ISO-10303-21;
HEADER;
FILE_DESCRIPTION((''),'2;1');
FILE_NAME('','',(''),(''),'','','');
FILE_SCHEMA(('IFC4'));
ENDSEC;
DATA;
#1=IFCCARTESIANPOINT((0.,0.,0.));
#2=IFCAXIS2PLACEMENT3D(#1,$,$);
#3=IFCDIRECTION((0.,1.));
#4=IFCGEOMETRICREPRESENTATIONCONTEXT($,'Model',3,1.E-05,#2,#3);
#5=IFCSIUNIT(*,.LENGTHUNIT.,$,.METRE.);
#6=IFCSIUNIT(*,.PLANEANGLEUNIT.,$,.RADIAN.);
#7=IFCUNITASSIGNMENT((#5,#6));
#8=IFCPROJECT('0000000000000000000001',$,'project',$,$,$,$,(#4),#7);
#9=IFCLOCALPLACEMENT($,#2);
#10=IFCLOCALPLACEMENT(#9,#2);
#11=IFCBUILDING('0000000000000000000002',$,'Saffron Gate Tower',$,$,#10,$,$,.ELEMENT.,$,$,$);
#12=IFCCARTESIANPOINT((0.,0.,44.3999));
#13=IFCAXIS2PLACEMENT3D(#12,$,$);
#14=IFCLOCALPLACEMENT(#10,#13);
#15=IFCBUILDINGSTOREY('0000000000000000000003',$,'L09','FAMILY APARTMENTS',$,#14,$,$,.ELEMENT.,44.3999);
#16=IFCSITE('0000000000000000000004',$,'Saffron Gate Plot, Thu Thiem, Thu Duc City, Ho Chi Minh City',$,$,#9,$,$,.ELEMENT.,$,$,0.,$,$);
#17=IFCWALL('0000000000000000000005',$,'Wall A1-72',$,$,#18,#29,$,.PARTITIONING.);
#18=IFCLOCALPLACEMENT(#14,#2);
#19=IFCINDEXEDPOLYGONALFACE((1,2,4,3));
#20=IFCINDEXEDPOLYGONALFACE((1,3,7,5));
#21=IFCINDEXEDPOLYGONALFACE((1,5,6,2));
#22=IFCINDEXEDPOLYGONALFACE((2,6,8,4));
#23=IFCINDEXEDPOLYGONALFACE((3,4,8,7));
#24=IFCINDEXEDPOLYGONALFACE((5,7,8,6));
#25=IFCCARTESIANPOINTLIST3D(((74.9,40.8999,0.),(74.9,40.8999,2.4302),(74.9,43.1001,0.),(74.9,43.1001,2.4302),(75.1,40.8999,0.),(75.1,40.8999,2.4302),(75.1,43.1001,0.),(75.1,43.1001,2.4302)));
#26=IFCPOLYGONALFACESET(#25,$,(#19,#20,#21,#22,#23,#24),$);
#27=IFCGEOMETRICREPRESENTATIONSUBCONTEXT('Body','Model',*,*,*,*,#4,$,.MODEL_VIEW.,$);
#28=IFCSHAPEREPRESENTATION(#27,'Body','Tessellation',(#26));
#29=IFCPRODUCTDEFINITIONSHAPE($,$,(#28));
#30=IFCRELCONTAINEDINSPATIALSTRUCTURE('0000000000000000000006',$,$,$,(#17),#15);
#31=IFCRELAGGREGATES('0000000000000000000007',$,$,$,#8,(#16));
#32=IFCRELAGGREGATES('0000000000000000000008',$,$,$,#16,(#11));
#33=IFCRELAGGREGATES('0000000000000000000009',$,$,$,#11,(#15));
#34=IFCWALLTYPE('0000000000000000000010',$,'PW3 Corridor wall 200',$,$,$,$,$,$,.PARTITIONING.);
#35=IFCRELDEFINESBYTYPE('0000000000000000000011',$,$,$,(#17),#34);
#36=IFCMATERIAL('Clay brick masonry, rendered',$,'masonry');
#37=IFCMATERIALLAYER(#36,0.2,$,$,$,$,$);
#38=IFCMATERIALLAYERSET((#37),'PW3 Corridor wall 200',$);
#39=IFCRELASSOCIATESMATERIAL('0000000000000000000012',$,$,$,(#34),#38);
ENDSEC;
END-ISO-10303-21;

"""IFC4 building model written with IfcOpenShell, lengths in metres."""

from ifc_helpers import new_model, si_unit, direction, frame, frame_2d, origin, place, context, subcontext, project, spatial, rectangle, extrude, material, layer, layer_set, type_object, element, save


model = new_model("IFC4")

# Units and contexts
model_context = context("Model", 3, precision=1e-05, world=origin(), true_north=direction((0.0, 1.0)))
body_context = subcontext(model_context, "Body", "Model", "MODEL_VIEW")
ifc_project = project(units=[si_unit("LENGTHUNIT", "METRE"), si_unit("PLANEANGLEUNIT", "RADIAN")], contexts=[model_context])

# Site, building, storey
site_placement = place(None, origin())
site = spatial("IfcSite", under=ifc_project, at=site_placement, Name="Saffron Gate Plot, Thu Thiem, Thu Duc City, Ho Chi Minh City", CompositionType="ELEMENT", RefElevation=0.0)
building_placement = place(site_placement, origin())
building = spatial("IfcBuilding", under=site, at=building_placement, Name="Saffron Gate Tower", CompositionType="ELEMENT")
storey_placement = place(building_placement, frame((0.0, 0.0, 44.3999)))
storey = spatial("IfcBuildingStorey", under=building, at=storey_placement, Name="L09", Description="FAMILY APARTMENTS", CompositionType="ELEMENT", Elevation=44.3999)

# Shared definitions
ifc_material_1 = material(Name="Clay brick masonry, rendered", Category="masonry")
ifc_layer_1 = layer(ifc_material_1, 0.2)
ifc_layer_set_1 = layer_set([ifc_layer_1], Name="PW3 Corridor wall 200")
wall_type_1 = type_object("IfcWallType", Name="PW3 Corridor wall 200", PredefinedType="PARTITIONING", material=ifc_layer_set_1)

# Wall
wall_1_placement = place(storey_placement, frame((75.0, 43.1001, 0.0), z_axis=(0.0, 0.0, 1.0), x_axis=(0.0, -1.0, 0.0)))
element("IfcWall", 1, at=wall_1_placement, inside=storey, type_object=wall_type_1, Name="Wall A1-72", PredefinedType="PARTITIONING", context=body_context, shape_type="SweptSolid", body=[
    extrude(rectangle(XDim=2.2002, YDim=0.2, at=frame_2d((1.1001, 0.0))), origin(), (0.0, 0.0, 1.0), 2.4302),
])

save(model, "model.ifc")
